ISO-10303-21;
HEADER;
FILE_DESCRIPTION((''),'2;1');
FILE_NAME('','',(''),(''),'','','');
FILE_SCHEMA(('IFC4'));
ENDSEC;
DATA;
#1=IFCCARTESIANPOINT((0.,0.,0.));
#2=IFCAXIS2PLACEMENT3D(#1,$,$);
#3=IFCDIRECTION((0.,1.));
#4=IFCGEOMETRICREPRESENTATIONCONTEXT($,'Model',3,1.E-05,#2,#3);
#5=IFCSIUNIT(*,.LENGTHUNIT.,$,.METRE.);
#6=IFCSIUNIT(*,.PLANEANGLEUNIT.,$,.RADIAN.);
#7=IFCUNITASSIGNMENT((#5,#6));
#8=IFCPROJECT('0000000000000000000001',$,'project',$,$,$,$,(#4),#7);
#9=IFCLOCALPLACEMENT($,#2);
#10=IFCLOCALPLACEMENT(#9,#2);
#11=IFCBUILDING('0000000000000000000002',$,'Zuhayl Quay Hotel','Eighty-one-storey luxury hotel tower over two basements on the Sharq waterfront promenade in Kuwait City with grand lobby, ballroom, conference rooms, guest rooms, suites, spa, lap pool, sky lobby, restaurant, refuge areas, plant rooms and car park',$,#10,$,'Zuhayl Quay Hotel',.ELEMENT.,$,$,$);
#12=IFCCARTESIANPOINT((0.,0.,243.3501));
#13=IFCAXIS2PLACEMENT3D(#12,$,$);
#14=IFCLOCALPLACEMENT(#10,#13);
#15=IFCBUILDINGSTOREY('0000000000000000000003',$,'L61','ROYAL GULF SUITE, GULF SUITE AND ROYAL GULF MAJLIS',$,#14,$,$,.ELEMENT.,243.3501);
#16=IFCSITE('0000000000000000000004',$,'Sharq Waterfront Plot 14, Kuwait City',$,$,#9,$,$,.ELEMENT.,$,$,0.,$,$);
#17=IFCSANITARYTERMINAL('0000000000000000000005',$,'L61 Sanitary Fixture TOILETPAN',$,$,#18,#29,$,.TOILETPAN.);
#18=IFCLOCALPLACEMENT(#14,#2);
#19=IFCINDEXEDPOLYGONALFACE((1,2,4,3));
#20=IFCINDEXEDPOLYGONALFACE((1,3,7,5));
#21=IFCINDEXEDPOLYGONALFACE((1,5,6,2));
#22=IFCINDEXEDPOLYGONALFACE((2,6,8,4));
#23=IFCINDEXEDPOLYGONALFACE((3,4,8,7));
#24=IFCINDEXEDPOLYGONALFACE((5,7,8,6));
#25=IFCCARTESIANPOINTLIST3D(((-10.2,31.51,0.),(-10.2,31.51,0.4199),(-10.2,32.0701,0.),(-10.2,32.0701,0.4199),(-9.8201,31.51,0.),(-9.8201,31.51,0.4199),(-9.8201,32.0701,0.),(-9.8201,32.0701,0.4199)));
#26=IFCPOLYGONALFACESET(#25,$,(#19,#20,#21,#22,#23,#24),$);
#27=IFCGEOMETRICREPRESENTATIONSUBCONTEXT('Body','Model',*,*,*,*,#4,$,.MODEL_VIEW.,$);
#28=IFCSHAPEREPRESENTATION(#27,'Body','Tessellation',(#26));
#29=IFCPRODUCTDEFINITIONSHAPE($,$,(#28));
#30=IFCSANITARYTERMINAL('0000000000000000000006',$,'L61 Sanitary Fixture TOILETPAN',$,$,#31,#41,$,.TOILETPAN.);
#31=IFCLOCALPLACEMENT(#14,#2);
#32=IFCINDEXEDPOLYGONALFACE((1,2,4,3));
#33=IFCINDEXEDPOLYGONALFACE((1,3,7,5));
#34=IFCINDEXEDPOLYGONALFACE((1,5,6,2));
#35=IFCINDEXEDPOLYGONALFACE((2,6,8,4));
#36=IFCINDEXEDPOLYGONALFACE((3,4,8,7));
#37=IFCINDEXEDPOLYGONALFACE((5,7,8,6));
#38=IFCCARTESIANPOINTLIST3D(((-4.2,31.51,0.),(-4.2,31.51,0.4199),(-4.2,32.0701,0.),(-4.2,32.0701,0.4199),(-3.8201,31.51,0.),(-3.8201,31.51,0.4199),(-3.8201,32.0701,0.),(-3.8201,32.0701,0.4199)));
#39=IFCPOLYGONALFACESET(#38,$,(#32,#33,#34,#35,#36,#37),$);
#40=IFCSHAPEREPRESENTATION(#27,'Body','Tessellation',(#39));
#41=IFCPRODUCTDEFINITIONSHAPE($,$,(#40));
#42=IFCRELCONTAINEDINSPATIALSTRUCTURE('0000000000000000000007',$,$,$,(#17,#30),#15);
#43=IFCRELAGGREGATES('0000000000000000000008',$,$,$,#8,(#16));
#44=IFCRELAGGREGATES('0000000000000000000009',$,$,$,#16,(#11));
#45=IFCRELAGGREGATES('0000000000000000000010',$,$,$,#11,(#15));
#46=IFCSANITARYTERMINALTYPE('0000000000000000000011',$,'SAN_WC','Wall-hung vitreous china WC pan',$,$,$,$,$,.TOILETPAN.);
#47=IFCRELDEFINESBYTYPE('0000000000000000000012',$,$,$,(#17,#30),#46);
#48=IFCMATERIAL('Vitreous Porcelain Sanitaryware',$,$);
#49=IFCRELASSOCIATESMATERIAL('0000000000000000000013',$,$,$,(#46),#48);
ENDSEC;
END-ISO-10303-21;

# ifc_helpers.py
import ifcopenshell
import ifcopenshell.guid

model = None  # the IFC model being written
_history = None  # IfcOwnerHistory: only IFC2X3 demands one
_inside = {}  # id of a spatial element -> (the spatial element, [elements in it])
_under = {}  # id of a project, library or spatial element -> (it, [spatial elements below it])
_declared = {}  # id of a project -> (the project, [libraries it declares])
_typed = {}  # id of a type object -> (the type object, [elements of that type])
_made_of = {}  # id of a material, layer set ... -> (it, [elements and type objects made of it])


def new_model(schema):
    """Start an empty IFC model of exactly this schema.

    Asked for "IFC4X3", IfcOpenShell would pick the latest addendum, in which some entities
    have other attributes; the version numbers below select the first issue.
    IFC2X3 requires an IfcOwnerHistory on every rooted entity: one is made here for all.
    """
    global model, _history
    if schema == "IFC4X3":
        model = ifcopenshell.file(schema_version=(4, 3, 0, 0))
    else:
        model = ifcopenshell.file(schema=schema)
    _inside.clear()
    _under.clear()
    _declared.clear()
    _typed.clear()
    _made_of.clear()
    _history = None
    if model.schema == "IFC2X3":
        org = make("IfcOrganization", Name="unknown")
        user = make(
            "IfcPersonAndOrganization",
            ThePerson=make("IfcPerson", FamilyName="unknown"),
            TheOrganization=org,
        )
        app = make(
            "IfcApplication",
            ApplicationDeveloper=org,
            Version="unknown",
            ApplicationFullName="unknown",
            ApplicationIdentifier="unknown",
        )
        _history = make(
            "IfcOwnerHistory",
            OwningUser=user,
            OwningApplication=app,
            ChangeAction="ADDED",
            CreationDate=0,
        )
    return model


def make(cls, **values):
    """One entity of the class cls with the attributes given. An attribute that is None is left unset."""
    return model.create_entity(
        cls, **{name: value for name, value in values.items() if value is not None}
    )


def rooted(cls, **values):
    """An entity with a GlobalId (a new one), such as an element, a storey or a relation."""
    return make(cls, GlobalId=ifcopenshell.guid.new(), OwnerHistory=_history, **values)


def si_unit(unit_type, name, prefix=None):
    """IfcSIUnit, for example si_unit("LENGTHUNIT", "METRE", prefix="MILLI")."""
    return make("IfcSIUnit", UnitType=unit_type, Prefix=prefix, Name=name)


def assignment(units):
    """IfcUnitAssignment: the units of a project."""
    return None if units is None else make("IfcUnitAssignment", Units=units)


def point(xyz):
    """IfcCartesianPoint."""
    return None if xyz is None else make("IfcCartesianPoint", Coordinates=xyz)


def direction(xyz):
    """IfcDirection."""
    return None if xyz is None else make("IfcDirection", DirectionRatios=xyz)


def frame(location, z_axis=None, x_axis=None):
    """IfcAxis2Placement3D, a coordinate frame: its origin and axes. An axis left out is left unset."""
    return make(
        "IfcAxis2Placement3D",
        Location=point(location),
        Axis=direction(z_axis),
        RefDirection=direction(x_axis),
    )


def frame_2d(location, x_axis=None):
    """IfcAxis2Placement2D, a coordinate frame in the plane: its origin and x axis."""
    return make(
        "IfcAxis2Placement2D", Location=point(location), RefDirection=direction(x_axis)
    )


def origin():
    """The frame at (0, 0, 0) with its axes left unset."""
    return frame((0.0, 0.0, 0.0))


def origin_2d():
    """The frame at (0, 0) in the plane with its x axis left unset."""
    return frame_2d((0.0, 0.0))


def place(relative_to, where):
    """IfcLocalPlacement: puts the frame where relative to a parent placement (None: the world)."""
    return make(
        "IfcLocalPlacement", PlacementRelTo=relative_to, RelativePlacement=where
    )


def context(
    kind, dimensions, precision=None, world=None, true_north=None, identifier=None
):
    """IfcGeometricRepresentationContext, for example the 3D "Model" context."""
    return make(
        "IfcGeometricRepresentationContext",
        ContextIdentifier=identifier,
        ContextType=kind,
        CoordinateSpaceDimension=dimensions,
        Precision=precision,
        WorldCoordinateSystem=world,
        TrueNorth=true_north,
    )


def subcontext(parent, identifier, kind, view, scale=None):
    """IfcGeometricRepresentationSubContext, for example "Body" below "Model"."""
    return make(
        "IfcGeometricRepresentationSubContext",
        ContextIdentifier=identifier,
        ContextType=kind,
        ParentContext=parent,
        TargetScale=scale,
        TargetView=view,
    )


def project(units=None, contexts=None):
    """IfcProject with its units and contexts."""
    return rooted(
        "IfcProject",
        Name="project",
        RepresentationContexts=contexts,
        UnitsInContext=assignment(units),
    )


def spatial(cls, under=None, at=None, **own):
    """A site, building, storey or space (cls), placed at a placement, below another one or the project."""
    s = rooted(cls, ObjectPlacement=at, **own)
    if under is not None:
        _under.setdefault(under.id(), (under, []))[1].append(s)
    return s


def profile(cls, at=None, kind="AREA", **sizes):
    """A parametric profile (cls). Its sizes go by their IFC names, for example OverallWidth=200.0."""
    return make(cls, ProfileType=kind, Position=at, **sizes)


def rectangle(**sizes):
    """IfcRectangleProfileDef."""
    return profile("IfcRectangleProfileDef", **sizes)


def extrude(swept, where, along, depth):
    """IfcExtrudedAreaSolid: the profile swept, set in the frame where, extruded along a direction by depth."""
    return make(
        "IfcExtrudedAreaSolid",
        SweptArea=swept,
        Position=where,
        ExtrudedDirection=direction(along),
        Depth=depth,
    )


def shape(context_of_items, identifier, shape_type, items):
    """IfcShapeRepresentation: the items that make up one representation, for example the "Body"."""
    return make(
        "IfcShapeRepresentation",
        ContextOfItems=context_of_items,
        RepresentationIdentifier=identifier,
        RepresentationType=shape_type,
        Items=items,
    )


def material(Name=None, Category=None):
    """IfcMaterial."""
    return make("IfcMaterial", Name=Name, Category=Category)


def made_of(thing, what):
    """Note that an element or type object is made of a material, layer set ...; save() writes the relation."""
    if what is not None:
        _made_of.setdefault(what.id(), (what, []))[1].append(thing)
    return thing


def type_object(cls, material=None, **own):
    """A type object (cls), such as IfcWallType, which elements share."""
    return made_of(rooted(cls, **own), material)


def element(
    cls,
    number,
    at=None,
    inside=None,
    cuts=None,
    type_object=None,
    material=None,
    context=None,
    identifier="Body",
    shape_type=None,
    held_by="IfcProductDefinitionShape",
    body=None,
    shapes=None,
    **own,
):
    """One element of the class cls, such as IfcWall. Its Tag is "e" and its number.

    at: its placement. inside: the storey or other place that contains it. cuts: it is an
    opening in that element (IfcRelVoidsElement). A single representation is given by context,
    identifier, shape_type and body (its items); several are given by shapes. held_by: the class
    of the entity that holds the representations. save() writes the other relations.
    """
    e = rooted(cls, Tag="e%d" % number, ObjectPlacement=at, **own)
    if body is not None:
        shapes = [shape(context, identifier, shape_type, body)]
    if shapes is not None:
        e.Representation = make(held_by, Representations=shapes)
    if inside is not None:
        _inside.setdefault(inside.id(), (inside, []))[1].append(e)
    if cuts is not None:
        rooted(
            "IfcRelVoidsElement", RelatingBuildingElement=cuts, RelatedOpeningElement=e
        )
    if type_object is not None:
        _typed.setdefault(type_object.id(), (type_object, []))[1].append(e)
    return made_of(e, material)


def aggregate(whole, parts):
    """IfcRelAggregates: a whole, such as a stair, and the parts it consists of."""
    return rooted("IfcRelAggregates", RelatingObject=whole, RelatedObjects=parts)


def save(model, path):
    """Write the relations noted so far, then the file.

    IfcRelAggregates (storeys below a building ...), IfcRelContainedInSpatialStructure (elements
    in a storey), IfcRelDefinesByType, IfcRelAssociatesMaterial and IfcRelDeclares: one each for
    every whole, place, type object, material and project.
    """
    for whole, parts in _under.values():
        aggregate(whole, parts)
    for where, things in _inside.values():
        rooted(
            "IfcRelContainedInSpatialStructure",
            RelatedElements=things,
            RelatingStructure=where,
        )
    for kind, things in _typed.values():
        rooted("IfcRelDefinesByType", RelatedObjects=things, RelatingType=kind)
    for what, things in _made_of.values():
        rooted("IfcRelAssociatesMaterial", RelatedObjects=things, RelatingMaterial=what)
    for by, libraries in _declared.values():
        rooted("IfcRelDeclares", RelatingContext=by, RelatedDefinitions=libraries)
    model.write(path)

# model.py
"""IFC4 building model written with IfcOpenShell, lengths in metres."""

from ifc_helpers import new_model, si_unit, direction, frame, origin, origin_2d, place, context, subcontext, project, spatial, rectangle, extrude, material, type_object, element, save


model = new_model("IFC4")

# Units and contexts
model_context = context("Model", 3, precision=1e-05, world=origin(), true_north=direction((0.0, 1.0)))
body_context = subcontext(model_context, "Body", "Model", "MODEL_VIEW")
ifc_project = project(units=[si_unit("LENGTHUNIT", "METRE"), si_unit("PLANEANGLEUNIT", "RADIAN")], contexts=[model_context])

# Site, building, storey
site_placement = place(None, origin())
site = spatial("IfcSite", under=ifc_project, at=site_placement, Name="Sharq Waterfront Plot 14, Kuwait City", CompositionType="ELEMENT", RefElevation=0.0)
building_placement = place(site_placement, origin())
building = spatial("IfcBuilding", under=site, at=building_placement, Name="Zuhayl Quay Hotel", Description="Eighty-one-storey luxury hotel tower over two basements on the Sharq waterfront promenade in Kuwait City with grand lobby, ballroom, conference rooms, guest rooms, suites, spa, lap pool, sky lobby, restaurant, refuge areas, plant rooms and car park", LongName="Zuhayl Quay Hotel", CompositionType="ELEMENT")
storey_placement = place(building_placement, frame((0.0, 0.0, 243.3501)))
storey = spatial("IfcBuildingStorey", under=building, at=storey_placement, Name="L61", Description="ROYAL GULF SUITE, GULF SUITE AND ROYAL GULF MAJLIS", CompositionType="ELEMENT", Elevation=243.3501)

# Sanitary terminals
ifc_material_1 = material(Name="Vitreous Porcelain Sanitaryware")
sanitary_terminal_type_1 = type_object("IfcSanitaryTerminalType", Name="SAN_WC", Description="Wall-hung vitreous china WC pan", PredefinedType="TOILETPAN", material=ifc_material_1)
for number, where, z_axis, x_axis, name in (
    (1, (-10.01, 31.79, 0.0), (0.0, 0.0, 1.0), (1.0, 0.0, 0.0), "L61 Sanitary Fixture TOILETPAN"),
    (2, (-4.01, 31.79, 0.0), (0.0, 0.0, 1.0), (1.0, 0.0, 0.0), "L61 Sanitary Fixture TOILETPAN"),
):
    element("IfcSanitaryTerminal", number, at=place(storey_placement, frame(where, z_axis=z_axis, x_axis=x_axis)), inside=storey, type_object=sanitary_terminal_type_1, Name=name, PredefinedType="TOILETPAN", context=body_context, shape_type="SweptSolid", body=[
        extrude(rectangle(XDim=0.3799, YDim=0.5601, at=origin_2d()), origin(), (0.0, 0.0, 1.0), 0.4199),
    ])

save(model, "model.ifc")
